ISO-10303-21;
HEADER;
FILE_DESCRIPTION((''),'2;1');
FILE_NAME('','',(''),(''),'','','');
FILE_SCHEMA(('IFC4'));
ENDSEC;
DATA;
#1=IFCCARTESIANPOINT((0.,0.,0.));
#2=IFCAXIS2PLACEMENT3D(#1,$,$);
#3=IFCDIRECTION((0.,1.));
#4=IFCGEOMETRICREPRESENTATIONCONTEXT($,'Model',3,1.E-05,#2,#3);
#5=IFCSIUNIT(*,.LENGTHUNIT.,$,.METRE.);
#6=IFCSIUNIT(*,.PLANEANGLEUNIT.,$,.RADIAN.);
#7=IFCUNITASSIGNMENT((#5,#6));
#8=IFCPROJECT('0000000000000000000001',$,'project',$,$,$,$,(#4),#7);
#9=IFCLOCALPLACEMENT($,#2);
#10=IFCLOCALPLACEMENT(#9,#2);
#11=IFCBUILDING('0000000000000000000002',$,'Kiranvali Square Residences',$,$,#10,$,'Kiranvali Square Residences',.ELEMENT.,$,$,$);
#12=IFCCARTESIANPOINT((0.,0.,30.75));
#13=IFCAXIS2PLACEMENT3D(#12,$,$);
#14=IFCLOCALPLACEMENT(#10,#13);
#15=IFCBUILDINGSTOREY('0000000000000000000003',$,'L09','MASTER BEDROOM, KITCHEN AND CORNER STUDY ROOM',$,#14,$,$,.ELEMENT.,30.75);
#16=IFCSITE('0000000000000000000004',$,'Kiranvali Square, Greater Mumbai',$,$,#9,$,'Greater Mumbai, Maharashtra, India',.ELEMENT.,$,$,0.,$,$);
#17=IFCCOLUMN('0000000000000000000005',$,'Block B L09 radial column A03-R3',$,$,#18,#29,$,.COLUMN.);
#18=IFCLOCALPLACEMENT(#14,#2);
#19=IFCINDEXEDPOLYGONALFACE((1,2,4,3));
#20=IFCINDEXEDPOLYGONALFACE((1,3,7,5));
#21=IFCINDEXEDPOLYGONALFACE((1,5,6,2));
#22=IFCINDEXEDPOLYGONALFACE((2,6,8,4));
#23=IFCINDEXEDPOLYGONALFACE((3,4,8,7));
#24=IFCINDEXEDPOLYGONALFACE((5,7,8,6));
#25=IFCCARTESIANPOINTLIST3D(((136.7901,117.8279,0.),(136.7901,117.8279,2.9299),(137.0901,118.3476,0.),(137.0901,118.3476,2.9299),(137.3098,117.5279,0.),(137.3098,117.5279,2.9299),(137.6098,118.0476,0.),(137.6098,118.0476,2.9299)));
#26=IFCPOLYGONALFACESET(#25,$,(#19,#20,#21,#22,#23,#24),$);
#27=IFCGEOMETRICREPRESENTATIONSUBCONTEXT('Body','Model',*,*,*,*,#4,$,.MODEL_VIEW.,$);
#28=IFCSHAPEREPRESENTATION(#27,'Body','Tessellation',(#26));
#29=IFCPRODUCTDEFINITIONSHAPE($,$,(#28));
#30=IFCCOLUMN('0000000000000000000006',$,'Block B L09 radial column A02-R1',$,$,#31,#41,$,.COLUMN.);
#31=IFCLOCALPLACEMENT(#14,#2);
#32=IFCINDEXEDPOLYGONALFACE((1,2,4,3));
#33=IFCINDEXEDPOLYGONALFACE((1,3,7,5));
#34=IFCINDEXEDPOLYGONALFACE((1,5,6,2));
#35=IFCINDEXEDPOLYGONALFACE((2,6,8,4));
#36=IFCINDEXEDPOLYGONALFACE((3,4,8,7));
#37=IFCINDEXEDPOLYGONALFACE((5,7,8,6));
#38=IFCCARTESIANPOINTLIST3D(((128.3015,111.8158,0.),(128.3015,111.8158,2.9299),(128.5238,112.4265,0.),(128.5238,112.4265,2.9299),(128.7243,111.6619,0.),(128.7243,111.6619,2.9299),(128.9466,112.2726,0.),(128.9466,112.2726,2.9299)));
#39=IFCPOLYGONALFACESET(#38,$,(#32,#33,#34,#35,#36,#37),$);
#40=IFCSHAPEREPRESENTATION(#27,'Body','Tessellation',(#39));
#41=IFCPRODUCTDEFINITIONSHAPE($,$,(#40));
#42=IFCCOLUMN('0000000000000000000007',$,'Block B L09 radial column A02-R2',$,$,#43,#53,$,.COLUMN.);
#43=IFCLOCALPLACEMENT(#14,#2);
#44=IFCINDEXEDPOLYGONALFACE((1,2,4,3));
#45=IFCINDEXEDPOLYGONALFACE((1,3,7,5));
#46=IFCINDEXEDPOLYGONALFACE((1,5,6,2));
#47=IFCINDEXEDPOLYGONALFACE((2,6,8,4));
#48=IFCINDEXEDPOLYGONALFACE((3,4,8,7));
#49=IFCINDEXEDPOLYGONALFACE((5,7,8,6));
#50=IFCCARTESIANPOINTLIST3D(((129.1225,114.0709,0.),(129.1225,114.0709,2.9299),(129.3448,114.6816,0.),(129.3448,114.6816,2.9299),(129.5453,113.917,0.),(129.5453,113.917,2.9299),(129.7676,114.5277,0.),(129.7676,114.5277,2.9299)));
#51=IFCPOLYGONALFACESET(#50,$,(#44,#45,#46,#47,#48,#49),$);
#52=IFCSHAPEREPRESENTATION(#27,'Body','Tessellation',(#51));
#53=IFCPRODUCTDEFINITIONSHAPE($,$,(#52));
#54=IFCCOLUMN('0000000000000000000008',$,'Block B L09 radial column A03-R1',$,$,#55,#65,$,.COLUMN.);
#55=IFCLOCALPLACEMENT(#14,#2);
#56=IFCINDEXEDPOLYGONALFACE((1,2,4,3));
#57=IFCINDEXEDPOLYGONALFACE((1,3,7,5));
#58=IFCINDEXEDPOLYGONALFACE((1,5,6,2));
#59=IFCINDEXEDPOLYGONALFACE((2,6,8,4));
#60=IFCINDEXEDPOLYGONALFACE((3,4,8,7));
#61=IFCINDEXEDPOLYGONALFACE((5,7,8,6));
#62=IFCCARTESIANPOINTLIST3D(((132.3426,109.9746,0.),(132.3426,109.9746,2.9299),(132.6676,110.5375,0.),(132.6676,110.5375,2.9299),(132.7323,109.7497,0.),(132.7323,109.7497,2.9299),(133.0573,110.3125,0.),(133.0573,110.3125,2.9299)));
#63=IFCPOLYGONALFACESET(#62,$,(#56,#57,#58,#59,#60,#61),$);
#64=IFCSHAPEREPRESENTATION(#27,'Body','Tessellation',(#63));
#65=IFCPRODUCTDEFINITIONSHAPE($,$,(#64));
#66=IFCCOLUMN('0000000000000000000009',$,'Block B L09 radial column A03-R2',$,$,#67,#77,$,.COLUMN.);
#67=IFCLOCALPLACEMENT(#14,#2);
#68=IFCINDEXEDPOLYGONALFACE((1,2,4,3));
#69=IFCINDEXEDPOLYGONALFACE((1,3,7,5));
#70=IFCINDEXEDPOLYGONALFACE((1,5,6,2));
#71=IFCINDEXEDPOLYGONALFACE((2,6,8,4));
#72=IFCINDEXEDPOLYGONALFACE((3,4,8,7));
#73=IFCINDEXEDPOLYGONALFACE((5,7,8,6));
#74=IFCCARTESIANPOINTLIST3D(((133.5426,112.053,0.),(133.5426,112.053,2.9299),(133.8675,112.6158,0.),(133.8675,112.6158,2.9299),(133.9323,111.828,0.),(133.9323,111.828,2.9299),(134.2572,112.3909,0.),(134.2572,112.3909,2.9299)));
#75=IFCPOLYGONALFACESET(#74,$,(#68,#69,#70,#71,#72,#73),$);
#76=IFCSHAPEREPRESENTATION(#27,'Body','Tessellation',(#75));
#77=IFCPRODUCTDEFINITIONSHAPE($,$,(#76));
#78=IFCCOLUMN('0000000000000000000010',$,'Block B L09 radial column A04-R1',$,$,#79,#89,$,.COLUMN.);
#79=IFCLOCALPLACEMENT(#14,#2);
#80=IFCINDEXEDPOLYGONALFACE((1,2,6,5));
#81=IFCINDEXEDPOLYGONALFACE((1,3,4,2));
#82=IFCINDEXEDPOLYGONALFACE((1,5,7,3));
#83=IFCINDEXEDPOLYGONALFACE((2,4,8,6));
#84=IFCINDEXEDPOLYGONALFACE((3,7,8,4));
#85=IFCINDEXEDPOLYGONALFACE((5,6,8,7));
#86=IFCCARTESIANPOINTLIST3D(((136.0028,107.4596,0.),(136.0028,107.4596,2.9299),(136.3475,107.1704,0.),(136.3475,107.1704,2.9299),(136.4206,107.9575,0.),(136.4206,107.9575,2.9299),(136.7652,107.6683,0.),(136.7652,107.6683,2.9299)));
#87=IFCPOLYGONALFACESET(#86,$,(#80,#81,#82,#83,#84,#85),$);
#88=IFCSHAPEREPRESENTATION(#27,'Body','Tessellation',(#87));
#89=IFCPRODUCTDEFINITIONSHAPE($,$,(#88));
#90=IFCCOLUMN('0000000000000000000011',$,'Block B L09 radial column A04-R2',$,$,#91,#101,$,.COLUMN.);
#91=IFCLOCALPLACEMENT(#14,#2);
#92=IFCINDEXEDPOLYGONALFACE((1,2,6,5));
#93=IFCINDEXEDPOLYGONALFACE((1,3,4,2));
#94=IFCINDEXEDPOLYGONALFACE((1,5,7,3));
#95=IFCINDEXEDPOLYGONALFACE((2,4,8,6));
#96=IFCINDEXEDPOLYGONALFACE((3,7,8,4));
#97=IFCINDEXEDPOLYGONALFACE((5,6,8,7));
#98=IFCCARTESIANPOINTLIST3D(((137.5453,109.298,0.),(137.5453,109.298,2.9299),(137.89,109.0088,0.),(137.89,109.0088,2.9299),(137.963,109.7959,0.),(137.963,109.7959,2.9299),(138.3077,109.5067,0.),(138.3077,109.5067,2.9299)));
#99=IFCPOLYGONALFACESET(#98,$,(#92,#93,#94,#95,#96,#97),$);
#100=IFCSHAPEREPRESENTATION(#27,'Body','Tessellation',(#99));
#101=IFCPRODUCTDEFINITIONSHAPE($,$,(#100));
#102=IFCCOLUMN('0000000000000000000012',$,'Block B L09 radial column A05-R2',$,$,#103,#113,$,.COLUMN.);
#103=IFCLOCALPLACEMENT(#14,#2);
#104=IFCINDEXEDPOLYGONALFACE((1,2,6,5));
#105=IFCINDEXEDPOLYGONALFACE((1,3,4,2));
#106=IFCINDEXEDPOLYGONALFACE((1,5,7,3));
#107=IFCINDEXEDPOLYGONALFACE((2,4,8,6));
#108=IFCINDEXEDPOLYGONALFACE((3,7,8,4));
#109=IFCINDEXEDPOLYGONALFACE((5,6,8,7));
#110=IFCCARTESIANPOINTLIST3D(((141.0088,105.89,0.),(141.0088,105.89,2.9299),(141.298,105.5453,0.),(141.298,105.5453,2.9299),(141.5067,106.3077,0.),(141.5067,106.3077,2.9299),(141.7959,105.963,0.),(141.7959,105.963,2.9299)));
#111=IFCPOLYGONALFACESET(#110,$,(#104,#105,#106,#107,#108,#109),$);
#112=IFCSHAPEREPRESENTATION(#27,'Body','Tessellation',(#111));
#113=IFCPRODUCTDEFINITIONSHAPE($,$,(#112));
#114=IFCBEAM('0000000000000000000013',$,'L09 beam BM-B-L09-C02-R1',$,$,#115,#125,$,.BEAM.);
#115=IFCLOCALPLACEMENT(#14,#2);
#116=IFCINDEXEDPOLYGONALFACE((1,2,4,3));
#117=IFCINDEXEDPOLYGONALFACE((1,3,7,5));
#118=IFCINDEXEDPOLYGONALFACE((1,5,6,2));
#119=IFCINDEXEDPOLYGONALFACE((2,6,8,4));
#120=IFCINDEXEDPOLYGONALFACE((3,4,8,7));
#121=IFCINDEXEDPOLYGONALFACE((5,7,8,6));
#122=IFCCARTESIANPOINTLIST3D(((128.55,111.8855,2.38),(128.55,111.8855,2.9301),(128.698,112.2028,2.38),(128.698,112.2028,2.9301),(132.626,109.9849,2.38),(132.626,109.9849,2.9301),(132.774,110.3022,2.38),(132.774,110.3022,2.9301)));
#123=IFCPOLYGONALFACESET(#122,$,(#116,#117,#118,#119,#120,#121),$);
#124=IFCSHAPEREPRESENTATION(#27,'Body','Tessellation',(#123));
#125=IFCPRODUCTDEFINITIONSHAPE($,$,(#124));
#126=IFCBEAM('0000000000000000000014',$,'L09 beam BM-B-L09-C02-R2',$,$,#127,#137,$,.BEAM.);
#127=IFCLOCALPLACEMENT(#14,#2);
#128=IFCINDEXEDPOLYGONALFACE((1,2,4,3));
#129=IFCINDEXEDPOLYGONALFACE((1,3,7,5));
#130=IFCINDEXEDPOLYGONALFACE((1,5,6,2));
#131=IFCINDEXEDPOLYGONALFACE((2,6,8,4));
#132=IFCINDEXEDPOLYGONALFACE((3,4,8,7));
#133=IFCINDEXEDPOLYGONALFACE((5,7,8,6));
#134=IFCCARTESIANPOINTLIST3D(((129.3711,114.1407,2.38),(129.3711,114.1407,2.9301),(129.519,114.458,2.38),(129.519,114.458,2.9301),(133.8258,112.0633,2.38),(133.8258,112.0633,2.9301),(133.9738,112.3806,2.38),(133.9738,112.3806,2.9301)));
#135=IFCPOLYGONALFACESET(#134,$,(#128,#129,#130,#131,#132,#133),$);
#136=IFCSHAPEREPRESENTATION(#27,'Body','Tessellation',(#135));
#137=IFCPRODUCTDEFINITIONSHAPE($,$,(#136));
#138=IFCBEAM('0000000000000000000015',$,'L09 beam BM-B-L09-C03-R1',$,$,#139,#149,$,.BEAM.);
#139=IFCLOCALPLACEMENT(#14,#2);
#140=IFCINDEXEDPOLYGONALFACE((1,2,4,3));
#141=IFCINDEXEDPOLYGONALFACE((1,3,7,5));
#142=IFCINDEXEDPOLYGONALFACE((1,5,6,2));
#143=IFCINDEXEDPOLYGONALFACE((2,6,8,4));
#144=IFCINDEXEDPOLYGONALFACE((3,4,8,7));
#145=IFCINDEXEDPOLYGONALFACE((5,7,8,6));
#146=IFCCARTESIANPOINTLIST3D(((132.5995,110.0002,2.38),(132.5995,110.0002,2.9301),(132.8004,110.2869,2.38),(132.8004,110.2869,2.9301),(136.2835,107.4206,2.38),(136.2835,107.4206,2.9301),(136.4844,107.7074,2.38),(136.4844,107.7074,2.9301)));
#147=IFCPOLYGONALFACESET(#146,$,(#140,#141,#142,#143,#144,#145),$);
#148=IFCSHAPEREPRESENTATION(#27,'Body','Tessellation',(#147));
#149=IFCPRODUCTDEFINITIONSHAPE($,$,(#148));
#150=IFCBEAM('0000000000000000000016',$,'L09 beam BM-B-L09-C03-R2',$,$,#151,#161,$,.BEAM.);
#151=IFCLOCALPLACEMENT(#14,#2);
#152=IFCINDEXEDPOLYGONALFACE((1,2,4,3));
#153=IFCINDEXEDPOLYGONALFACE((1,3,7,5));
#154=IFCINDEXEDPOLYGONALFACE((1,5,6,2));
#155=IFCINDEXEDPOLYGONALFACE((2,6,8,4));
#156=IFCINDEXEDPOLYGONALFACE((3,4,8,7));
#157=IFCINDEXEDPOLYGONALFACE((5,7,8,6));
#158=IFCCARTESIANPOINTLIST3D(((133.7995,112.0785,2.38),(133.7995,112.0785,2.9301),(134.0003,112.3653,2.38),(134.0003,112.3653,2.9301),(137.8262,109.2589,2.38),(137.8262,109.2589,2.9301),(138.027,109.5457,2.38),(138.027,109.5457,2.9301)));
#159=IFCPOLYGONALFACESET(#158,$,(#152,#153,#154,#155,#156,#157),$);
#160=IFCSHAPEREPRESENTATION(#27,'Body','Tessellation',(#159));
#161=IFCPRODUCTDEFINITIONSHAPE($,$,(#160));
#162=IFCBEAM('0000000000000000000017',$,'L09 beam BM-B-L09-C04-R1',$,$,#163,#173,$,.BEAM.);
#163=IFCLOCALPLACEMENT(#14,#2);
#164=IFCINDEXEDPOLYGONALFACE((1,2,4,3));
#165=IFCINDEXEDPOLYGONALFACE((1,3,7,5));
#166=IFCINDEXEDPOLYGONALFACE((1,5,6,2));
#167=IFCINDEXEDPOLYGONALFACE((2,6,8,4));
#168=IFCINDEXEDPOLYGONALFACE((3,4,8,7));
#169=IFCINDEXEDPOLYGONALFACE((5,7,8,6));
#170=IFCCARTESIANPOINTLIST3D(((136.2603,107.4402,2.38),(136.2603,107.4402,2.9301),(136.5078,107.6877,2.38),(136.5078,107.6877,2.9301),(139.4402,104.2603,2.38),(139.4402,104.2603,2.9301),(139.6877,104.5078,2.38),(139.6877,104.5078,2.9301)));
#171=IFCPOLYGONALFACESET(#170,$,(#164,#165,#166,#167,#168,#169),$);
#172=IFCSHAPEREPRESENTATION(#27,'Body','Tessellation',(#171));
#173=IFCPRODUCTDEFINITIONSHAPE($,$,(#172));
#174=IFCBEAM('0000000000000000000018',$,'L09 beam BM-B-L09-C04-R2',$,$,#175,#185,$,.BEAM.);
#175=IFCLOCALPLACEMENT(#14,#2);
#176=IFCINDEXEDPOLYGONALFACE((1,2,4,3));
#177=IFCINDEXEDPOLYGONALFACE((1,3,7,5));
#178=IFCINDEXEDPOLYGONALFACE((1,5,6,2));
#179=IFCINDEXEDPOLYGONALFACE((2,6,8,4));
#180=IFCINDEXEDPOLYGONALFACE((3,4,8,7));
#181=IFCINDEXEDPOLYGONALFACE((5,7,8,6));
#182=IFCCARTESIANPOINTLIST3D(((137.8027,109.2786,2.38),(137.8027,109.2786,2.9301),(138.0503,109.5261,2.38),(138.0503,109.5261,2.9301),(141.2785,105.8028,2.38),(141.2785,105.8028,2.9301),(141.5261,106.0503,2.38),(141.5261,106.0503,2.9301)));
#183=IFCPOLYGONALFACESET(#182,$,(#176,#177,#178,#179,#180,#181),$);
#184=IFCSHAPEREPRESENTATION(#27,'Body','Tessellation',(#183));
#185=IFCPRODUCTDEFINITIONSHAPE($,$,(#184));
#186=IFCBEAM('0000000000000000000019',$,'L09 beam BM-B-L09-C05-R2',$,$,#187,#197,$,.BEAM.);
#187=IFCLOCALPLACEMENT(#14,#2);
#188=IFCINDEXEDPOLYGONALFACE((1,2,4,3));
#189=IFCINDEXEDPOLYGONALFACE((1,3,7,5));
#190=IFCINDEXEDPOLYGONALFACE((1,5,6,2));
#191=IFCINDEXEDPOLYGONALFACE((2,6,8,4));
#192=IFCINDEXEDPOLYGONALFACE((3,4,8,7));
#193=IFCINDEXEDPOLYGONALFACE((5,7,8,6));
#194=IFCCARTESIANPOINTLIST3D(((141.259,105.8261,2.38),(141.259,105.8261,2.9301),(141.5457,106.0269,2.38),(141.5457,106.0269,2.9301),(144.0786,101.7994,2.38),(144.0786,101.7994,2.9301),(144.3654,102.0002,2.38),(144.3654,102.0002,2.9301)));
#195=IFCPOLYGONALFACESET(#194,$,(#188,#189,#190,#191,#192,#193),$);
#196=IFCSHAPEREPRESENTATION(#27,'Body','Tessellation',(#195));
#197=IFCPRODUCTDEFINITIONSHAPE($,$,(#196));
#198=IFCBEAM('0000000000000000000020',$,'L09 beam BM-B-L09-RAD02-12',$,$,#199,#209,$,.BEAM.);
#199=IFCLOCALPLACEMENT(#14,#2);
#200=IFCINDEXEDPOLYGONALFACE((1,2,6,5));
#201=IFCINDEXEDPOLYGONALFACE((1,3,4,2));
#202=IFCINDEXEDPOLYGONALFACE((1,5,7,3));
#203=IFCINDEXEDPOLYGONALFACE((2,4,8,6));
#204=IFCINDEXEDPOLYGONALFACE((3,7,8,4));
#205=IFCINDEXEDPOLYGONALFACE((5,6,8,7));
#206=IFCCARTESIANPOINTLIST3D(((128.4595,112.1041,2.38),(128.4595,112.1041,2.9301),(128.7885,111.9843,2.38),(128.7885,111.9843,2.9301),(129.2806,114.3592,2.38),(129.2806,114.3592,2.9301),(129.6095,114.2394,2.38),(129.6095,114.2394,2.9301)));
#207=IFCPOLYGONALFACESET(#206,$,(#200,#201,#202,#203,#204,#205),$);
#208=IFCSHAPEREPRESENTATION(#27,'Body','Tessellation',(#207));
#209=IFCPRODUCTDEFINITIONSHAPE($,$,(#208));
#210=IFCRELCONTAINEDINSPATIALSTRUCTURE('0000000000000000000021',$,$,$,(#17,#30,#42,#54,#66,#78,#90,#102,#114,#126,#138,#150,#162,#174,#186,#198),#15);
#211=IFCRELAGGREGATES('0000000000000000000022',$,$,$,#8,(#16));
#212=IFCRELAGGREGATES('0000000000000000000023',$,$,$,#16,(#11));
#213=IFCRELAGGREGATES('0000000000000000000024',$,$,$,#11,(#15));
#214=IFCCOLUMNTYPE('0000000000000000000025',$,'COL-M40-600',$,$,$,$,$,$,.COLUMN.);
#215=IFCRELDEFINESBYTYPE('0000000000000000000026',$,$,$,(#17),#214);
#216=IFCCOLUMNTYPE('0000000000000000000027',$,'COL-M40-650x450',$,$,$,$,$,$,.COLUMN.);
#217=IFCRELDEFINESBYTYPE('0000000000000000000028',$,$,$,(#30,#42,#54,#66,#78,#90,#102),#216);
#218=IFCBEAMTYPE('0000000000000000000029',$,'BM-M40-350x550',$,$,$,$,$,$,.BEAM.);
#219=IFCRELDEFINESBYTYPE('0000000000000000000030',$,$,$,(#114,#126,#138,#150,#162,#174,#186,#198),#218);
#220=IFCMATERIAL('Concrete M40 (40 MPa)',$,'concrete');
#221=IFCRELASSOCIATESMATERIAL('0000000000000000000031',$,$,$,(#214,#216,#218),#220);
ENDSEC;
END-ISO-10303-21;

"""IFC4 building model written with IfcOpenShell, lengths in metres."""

from ifc_helpers import new_model, si_unit, direction, frame, origin, origin_2d, place, context, subcontext, project, spatial, rectangle, extrude, material, material_profile, profile_set, type_object, element, save


model = new_model("IFC4")

# Units and contexts
model_context = context("Model", 3, precision=1e-05, world=origin(), true_north=direction((0.0, 1.0)))
body_context = subcontext(model_context, "Body", "Model", "MODEL_VIEW")
ifc_project = project(units=[si_unit("LENGTHUNIT", "METRE"), si_unit("PLANEANGLEUNIT", "RADIAN")], contexts=[model_context])

# Site, building, storey
site_placement = place(None, origin())
site = spatial("IfcSite", under=ifc_project, at=site_placement, Name="Kiranvali Square, Greater Mumbai", LongName="Greater Mumbai, Maharashtra, India", CompositionType="ELEMENT", RefElevation=0.0)
building_placement = place(site_placement, origin())
building = spatial("IfcBuilding", under=site, at=building_placement, Name="Kiranvali Square Residences", LongName="Kiranvali Square Residences", CompositionType="ELEMENT")
storey_placement = place(building_placement, frame((0.0, 0.0, 30.75)))
storey = spatial("IfcBuildingStorey", under=building, at=storey_placement, Name="L09", Description="MASTER BEDROOM, KITCHEN AND CORNER STUDY ROOM", CompositionType="ELEMENT", Elevation=30.75)

# Columns
ifc_material_1 = material(Name="Concrete M40 (40 MPa)", Category="concrete")
ifc_material_profile_1 = material_profile(ifc_material_1, rectangle(XDim=0.6001, YDim=0.6001, at=origin_2d()), Name="RC 600x600")
ifc_profile_set_1 = profile_set([ifc_material_profile_1], Name="Concrete M40 (40 MPa)")
column_type_1 = type_object("IfcColumnType", Name="COL-M40-600", PredefinedType="COLUMN", material=ifc_profile_set_1)
column_placement = place(storey_placement, frame((137.2, 117.9377, 0.0), z_axis=(0.0, 0.0, 1.0), x_axis=(-0.866025, 0.5, 0.0)))
element("IfcColumn", 1, at=column_placement, inside=storey, type_object=column_type_1, Name="Block B L09 radial column A03-R3", PredefinedType="COLUMN", context=body_context, shape_type="SweptSolid", body=[
    extrude(rectangle(XDim=0.6001, YDim=0.6001, at=origin_2d()), origin(), (0.0, 0.0, 1.0), 2.9299),
])
ifc_material_profile_2 = material_profile(ifc_material_1, rectangle(XDim=0.45, YDim=0.6499, at=origin_2d()), Name="RC 650x450")
ifc_profile_set_2 = profile_set([ifc_material_profile_2], Name="Concrete M40 (40 MPa)")
column_type_2 = type_object("IfcColumnType", Name="COL-M40-650x450", PredefinedType="COLUMN", material=ifc_profile_set_2)
for number, where, z_axis, x_axis, name in (
    (2, (128.624, 112.0442, 0.0), (0.0, 0.0, 1.0), (-0.939693, 0.34202, 0.0), "Block B L09 radial column A02-R1"),
    (3, (129.4451, 114.2993, 0.0), (0.0, 0.0, 1.0), (-0.939693, 0.34202, 0.0), "Block B L09 radial column A02-R2"),
    (4, (132.7, 110.1436, 0.0), (0.0, 0.0, 1.0), (-0.866025, 0.5, 0.0), "Block B L09 radial column A03-R1"),
    (5, (133.8999, 112.2219, 0.0), (0.0, 0.0, 1.0), (-0.866025, 0.5, 0.0), "Block B L09 radial column A03-R2"),
    (6, (136.384, 107.564, 0.0), (0.0, 0.0, 1.0), (-0.766044, 0.642788, 0.0), "Block B L09 radial column A04-R1"),
    (7, (137.9265, 109.4023, 0.0), (0.0, 0.0, 1.0), (-0.766044, 0.642788, 0.0), "Block B L09 radial column A04-R2"),
    (8, (141.4023, 105.9265, 0.0), (0.0, 0.0, 1.0), (-0.642788, 0.766044, 0.0), "Block B L09 radial column A05-R2"),
):
    element("IfcColumn", number, at=place(storey_placement, frame(where, z_axis=z_axis, x_axis=x_axis)), inside=storey, type_object=column_type_2, Name=name, PredefinedType="COLUMN", context=body_context, shape_type="SweptSolid", body=[
        extrude(rectangle(XDim=0.45, YDim=0.6499, at=origin_2d()), origin(), (0.0, 0.0, 1.0), 2.9299),
    ])

# Beams
ifc_material_profile_3 = material_profile(ifc_material_1, rectangle(XDim=0.3501, YDim=0.55, at=origin_2d()), Name="RC 350x550")
ifc_profile_set_3 = profile_set([ifc_material_profile_3], Name="Concrete M40 (40 MPa)")
beam_type = type_object("IfcBeamType", Name="BM-M40-350x550", PredefinedType="BEAM", material=ifc_profile_set_3)
beam_1_placement = place(storey_placement, frame((128.624, 112.0442, 2.655), z_axis=(0.906308, -0.422618, 0.0), x_axis=(0.422618, 0.906308, 0.0)))
element("IfcBeam", 9, at=beam_1_placement, inside=storey, type_object=beam_type, Name="L09 beam BM-B-L09-C02-R1", PredefinedType="BEAM", context=body_context, shape_type="SweptSolid", body=[
    extrude(rectangle(XDim=0.3501, YDim=0.55, at=origin_2d()), origin(), (0.0, 0.0, 1.0), 4.4973),
])
beam_2_placement = place(storey_placement, frame((129.4451, 114.2993, 2.655), z_axis=(0.906302, -0.42263, 0.0), x_axis=(0.42263, 0.906302, 0.0)))
element("IfcBeam", 10, at=beam_2_placement, inside=storey, type_object=beam_type, Name="L09 beam BM-B-L09-C02-R2", PredefinedType="BEAM", context=body_context, shape_type="SweptSolid", body=[
    extrude(rectangle(XDim=0.3501, YDim=0.55, at=origin_2d()), origin(), (0.0, 0.0, 1.0), 4.9153),
])
beam_3_placement = place(storey_placement, frame((132.7, 110.1436, 2.655), z_axis=(0.819155, -0.573572, 0.0), x_axis=(0.573572, 0.819155, 0.0)))
element("IfcBeam", 11, at=beam_3_placement, inside=storey, type_object=beam_type, Name="L09 beam BM-B-L09-C03-R1", PredefinedType="BEAM", context=body_context, shape_type="SweptSolid", body=[
    extrude(rectangle(XDim=0.3501, YDim=0.55, at=origin_2d()), origin(), (0.0, 0.0, 1.0), 4.4973),
])
beam_4_placement = place(storey_placement, frame((133.8999, 112.2219, 2.655), z_axis=(0.819141, -0.573592, 0.0), x_axis=(0.573592, 0.819141, 0.0)))
element("IfcBeam", 12, at=beam_4_placement, inside=storey, type_object=beam_type, Name="L09 beam BM-B-L09-C03-R2", PredefinedType="BEAM", context=body_context, shape_type="SweptSolid", body=[
    extrude(rectangle(XDim=0.3501, YDim=0.55, at=origin_2d()), origin(), (0.0, 0.0, 1.0), 4.9158),
])
beam_5_placement = place(storey_placement, frame((136.384, 107.564, 2.655), z_axis=(0.707107, -0.707107, 0.0), x_axis=(0.707107, 0.707107, 0.0)))
element("IfcBeam", 13, at=beam_5_placement, inside=storey, type_object=beam_type, Name="L09 beam BM-B-L09-C04-R1", PredefinedType="BEAM", context=body_context, shape_type="SweptSolid", body=[
    extrude(rectangle(XDim=0.3501, YDim=0.55, at=origin_2d()), origin(), (0.0, 0.0, 1.0), 4.4971),
])
beam_6_placement = place(storey_placement, frame((137.9265, 109.4023, 2.655), z_axis=(0.707107, -0.707107, 0.0), x_axis=(0.707107, 0.707107, 0.0)))
element("IfcBeam", 14, at=beam_6_placement, inside=storey, type_object=beam_type, Name="L09 beam BM-B-L09-C04-R2", PredefinedType="BEAM", context=body_context, shape_type="SweptSolid", body=[
    extrude(rectangle(XDim=0.3501, YDim=0.55, at=origin_2d()), origin(), (0.0, 0.0, 1.0), 4.9155),
])
beam_7_placement = place(storey_placement, frame((141.4023, 105.9265, 2.655), z_axis=(0.573592, -0.819141, 0.0), x_axis=(0.819141, 0.573592, 0.0)))
element("IfcBeam", 15, at=beam_7_placement, inside=storey, type_object=beam_type, Name="L09 beam BM-B-L09-C05-R2", PredefinedType="BEAM", context=body_context, shape_type="SweptSolid", body=[
    extrude(rectangle(XDim=0.3501, YDim=0.55, at=origin_2d()), origin(), (0.0, 0.0, 1.0), 4.9158),
])
beam_8_placement = place(storey_placement, frame((128.624, 112.0442, 2.655), z_axis=(0.342111, 0.93966, 0.0), x_axis=(-0.93966, 0.342111, 0.0)))
element("IfcBeam", 16, at=beam_8_placement, inside=storey, type_object=beam_type, Name="L09 beam BM-B-L09-RAD02-12", PredefinedType="BEAM", context=body_context, shape_type="SweptSolid", body=[
    extrude(rectangle(XDim=0.3501, YDim=0.55, at=origin_2d()), origin(), (0.0, 0.0, 1.0), 2.3999),
])

save(model, "model.ifc")
